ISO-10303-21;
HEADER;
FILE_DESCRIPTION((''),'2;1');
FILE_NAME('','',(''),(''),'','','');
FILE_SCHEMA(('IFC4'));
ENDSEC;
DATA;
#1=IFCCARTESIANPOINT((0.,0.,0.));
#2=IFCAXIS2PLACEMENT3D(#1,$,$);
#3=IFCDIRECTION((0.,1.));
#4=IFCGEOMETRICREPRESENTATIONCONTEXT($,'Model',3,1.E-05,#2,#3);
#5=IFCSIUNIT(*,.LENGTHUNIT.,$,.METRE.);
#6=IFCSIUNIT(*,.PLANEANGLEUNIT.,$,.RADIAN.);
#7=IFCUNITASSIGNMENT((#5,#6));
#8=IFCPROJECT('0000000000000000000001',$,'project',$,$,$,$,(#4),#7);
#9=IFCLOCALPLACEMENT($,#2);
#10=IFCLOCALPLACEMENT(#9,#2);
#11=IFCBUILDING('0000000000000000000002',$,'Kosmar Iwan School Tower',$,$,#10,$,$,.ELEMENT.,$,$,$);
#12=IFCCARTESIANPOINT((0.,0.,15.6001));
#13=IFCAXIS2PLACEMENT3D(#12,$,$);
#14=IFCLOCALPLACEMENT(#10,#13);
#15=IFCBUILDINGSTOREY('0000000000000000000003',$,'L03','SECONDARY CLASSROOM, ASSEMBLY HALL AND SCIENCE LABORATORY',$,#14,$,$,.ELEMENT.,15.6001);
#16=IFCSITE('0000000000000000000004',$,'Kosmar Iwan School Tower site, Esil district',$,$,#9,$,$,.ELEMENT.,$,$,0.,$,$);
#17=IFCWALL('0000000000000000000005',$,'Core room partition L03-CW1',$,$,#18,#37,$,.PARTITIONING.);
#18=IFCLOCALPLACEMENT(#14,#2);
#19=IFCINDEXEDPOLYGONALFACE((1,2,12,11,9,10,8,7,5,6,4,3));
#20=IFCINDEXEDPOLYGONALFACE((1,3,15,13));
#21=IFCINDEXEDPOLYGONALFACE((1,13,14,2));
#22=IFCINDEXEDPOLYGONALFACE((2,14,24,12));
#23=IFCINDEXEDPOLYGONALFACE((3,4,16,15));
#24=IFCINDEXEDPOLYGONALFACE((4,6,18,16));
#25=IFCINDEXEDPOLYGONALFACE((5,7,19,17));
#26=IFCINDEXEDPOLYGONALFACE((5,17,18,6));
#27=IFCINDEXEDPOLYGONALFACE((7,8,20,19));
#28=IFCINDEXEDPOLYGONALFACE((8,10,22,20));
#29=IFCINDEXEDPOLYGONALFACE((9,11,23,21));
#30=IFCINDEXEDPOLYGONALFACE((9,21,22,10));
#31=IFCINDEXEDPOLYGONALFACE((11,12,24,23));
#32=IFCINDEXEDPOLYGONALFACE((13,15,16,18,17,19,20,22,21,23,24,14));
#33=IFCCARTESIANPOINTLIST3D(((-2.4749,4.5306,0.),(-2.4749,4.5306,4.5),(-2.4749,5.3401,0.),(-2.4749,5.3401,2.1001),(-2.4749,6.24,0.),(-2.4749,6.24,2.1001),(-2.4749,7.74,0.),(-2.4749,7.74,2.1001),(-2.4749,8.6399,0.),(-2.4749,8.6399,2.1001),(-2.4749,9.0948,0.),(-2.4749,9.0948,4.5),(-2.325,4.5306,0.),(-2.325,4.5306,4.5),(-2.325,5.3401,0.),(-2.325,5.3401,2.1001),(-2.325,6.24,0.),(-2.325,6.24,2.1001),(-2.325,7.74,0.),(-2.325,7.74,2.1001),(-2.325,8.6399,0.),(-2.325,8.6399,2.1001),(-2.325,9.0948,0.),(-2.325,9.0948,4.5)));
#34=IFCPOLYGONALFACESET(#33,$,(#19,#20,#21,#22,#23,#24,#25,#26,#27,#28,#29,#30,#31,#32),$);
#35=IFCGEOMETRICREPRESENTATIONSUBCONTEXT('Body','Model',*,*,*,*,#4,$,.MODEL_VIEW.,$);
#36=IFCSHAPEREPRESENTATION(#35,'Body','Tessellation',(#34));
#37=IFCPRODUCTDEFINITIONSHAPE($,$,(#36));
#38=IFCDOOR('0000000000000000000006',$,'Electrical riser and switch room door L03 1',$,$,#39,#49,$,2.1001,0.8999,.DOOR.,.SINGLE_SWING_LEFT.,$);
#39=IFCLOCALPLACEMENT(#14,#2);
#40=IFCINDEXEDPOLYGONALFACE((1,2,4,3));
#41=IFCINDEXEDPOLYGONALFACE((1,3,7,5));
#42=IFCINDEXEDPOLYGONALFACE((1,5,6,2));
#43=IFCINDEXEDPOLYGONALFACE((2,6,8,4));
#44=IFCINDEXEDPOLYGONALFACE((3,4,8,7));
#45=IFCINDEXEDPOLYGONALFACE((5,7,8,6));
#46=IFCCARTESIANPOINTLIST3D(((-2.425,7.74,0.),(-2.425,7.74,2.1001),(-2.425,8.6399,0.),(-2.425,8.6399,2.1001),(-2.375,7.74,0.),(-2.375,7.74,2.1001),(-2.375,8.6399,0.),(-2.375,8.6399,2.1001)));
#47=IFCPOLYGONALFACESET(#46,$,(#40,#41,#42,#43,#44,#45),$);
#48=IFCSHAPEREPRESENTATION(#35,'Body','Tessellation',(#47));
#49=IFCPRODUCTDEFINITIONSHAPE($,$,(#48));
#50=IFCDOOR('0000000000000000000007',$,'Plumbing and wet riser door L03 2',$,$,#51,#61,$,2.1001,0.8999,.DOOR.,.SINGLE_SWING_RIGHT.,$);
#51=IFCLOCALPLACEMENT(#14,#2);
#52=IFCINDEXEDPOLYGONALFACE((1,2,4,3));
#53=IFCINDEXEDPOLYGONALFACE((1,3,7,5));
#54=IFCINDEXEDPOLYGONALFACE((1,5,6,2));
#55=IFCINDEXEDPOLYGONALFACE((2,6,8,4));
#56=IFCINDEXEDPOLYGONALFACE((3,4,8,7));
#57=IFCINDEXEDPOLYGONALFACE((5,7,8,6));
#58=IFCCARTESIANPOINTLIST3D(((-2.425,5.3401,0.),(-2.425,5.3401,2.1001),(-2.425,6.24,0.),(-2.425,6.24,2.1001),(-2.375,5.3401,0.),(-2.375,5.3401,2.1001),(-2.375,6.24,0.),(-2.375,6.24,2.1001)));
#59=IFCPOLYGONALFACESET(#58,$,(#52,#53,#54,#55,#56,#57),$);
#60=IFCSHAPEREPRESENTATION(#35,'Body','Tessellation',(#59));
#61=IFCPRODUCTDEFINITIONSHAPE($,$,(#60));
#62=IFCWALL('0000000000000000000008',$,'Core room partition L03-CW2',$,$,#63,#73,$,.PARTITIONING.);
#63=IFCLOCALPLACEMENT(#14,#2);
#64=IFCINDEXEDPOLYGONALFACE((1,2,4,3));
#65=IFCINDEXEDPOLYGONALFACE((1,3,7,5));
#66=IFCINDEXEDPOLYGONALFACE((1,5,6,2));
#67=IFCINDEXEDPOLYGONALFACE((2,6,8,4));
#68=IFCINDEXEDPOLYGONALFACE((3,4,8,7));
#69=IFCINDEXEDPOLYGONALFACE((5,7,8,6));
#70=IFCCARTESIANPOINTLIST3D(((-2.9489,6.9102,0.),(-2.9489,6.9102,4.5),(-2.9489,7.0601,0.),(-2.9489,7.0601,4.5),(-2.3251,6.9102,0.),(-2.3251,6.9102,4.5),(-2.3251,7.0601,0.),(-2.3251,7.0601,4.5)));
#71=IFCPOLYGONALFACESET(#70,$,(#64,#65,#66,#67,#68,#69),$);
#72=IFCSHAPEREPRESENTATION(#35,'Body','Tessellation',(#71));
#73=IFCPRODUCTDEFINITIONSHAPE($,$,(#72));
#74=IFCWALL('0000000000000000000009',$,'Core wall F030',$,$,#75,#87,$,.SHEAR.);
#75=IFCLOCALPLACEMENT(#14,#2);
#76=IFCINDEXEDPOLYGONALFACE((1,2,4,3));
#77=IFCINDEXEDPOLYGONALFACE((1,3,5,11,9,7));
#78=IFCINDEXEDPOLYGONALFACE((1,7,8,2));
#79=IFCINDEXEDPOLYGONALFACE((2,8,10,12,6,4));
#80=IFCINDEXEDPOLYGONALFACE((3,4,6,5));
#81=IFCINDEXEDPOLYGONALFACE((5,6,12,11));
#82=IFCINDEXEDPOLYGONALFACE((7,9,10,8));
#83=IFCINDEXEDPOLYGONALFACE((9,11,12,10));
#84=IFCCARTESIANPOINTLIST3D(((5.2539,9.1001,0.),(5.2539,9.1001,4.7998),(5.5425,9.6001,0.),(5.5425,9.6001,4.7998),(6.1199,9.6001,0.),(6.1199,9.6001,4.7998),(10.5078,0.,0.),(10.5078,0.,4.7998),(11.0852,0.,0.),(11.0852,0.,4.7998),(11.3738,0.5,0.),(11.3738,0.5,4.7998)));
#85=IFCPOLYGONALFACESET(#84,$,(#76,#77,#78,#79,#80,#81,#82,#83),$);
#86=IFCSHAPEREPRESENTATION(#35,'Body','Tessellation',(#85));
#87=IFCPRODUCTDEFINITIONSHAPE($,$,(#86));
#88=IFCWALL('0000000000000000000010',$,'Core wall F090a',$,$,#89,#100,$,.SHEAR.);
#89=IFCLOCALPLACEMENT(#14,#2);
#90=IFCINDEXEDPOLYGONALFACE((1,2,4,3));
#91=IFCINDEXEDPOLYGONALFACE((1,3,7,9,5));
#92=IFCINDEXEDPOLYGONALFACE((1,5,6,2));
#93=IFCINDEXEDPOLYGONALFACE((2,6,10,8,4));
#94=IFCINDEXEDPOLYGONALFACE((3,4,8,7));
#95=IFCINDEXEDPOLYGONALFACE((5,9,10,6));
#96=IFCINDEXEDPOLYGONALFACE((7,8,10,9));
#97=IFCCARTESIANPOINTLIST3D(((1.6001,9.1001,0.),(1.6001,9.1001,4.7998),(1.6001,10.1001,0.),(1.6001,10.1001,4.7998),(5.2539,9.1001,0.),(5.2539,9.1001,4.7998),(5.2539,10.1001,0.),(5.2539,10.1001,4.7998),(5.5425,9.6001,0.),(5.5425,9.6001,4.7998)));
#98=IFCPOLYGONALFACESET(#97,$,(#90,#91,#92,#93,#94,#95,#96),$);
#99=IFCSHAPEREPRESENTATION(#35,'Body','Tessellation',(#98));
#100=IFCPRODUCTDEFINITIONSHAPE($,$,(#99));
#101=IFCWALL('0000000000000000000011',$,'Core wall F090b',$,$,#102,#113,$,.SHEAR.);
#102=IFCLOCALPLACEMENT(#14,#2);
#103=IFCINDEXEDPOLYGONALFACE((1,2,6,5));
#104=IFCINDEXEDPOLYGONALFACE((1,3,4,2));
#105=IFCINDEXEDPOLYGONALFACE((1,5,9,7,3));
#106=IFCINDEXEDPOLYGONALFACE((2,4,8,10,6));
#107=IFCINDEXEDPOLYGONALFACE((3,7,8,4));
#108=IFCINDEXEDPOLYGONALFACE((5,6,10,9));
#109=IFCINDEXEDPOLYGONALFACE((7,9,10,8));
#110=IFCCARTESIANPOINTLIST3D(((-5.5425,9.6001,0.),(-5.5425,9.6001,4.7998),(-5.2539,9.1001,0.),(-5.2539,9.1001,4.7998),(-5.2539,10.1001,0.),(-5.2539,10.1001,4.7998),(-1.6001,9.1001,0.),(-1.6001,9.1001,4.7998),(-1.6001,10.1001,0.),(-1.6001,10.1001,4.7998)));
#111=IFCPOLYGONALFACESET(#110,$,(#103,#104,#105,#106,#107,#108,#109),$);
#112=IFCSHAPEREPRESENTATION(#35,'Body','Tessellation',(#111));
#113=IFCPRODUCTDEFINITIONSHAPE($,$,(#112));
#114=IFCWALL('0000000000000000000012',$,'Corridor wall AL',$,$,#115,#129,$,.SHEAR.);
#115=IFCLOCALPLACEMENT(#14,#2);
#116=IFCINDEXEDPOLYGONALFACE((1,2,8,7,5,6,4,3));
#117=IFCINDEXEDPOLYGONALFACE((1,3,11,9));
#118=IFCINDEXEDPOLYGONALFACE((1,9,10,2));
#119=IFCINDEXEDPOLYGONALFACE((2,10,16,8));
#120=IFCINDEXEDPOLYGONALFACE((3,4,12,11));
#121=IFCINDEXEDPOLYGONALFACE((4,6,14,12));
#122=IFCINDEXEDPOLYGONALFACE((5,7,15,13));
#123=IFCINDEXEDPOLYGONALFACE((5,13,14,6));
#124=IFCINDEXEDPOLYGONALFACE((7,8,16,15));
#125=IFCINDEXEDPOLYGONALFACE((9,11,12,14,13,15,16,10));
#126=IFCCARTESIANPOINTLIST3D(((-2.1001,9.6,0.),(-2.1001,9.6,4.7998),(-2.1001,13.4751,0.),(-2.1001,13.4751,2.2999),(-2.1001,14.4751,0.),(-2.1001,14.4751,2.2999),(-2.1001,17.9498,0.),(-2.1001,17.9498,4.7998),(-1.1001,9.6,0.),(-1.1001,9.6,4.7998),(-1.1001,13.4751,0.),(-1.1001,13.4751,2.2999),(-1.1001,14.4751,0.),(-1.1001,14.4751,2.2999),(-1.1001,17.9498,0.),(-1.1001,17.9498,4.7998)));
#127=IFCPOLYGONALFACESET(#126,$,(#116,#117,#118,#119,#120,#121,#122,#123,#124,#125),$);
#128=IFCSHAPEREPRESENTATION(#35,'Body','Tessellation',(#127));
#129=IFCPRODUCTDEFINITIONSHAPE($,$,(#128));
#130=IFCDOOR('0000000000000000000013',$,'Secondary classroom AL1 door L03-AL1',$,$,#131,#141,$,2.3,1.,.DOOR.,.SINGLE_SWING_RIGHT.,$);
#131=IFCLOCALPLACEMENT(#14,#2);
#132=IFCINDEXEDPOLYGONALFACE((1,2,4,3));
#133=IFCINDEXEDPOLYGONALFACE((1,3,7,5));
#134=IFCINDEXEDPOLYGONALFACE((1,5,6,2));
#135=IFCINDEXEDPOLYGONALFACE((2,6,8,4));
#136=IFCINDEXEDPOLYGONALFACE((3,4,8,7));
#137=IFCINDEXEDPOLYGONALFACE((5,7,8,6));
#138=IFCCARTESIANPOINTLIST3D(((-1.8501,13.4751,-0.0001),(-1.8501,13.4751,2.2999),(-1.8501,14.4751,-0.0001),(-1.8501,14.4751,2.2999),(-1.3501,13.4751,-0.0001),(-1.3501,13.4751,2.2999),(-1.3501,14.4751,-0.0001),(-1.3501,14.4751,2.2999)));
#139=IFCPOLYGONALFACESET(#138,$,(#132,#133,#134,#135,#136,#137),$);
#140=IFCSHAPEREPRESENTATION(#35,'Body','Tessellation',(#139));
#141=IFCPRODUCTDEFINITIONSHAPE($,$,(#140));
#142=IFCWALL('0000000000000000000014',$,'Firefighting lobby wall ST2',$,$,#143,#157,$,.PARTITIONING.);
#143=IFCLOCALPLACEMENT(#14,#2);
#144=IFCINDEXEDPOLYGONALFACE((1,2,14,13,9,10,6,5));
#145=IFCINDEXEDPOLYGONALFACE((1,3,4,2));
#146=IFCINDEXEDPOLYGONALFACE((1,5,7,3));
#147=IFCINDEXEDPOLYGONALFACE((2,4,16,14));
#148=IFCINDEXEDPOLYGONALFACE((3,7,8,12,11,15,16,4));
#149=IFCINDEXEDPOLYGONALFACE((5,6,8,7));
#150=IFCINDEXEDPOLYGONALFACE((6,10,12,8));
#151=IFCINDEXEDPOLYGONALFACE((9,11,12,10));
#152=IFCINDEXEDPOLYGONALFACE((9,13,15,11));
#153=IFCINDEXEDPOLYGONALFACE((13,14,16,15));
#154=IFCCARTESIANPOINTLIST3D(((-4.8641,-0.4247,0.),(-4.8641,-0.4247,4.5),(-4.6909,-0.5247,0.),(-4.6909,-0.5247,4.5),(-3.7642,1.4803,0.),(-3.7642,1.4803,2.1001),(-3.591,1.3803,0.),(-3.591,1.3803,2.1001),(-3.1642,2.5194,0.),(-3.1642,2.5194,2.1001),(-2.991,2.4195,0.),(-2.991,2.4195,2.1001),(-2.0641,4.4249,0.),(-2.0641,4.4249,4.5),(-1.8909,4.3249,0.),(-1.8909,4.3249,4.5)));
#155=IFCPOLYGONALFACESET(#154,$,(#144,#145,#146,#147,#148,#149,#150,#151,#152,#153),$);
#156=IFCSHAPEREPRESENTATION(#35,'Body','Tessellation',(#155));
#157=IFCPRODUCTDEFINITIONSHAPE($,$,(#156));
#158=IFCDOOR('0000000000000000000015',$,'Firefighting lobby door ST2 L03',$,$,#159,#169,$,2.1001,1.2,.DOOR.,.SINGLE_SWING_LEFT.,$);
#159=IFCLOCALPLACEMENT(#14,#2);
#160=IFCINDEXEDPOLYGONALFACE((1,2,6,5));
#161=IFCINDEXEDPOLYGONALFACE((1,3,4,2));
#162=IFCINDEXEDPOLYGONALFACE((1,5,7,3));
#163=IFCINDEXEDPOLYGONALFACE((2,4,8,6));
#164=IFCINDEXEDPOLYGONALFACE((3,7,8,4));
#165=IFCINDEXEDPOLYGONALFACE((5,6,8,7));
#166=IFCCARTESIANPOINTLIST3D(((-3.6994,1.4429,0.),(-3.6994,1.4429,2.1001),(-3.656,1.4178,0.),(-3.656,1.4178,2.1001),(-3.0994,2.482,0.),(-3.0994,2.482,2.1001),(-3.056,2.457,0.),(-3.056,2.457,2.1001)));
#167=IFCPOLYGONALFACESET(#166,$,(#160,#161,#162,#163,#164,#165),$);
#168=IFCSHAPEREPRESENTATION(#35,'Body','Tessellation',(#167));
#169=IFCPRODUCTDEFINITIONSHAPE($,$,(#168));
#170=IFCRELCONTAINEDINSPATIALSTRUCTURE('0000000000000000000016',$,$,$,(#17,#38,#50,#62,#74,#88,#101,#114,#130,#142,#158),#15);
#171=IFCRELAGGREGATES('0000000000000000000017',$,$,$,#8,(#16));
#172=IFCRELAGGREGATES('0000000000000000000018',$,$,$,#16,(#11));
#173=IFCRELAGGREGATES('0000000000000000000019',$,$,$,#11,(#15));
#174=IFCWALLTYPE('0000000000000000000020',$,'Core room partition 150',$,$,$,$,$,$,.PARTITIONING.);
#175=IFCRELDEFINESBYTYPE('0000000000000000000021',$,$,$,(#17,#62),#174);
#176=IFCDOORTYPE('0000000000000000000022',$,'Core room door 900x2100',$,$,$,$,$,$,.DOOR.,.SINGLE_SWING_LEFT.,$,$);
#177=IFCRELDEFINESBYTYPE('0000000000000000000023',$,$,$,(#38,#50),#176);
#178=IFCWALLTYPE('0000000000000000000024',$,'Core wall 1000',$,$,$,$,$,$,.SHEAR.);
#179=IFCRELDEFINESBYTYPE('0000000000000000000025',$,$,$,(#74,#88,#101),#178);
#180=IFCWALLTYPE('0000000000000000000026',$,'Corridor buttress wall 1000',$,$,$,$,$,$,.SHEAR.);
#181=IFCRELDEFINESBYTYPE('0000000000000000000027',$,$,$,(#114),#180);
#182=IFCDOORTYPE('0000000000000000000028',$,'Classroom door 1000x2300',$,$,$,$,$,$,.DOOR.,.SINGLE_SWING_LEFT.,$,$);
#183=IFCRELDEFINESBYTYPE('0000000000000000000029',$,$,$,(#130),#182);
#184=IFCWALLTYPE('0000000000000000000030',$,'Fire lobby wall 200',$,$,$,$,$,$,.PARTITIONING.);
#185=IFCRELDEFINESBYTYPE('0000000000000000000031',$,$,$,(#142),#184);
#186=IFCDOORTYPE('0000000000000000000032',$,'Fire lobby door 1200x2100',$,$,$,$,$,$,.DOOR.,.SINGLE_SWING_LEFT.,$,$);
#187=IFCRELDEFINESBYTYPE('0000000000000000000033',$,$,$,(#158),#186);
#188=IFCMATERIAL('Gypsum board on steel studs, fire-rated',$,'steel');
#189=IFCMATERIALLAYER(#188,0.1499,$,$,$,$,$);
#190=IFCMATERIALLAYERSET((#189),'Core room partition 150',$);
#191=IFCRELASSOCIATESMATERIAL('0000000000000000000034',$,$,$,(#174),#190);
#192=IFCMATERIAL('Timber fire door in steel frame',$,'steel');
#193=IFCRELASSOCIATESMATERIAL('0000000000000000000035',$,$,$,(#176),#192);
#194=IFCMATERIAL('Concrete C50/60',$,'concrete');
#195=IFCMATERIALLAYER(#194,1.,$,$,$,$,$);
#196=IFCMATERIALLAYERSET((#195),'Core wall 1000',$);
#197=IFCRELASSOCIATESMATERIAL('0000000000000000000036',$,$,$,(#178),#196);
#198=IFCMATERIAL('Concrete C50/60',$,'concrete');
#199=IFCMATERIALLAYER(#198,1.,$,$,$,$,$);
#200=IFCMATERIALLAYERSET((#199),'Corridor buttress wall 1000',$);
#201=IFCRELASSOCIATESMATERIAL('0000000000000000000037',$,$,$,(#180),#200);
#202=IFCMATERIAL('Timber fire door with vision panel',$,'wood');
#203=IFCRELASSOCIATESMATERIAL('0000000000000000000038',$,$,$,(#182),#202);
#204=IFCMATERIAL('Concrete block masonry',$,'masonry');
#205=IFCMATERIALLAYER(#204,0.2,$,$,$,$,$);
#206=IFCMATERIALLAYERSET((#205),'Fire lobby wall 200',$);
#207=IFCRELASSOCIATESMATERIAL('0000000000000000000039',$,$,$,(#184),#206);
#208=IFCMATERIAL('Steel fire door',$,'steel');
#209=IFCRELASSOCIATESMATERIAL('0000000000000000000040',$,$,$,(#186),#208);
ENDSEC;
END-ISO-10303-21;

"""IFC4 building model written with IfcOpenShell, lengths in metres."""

from ifc_helpers import new_model, si_unit, direction, frame, frame_2d, origin, place, context, subcontext, project, spatial, polyline, rectangle, outline, extrude, material, layer, layer_set, type_object, element, fill, save


model = new_model("IFC4")

# Units and contexts
model_context = context("Model", 3, precision=1e-05, world=origin(), true_north=direction((0.0, 1.0)))
body_context = subcontext(model_context, "Body", "Model", "MODEL_VIEW")
ifc_project = project(units=[si_unit("LENGTHUNIT", "METRE"), si_unit("PLANEANGLEUNIT", "RADIAN")], contexts=[model_context])

# Site, building, storey
site_placement = place(None, origin())
site = spatial("IfcSite", under=ifc_project, at=site_placement, Name="Kosmar Iwan School Tower site, Esil district", CompositionType="ELEMENT", RefElevation=0.0)
building_placement = place(site_placement, origin())
building = spatial("IfcBuilding", under=site, at=building_placement, Name="Kosmar Iwan School Tower", CompositionType="ELEMENT")
storey_placement = place(building_placement, frame((0.0, 0.0, 15.6001)))
storey = spatial("IfcBuildingStorey", under=building, at=storey_placement, Name="L03", Description="SECONDARY CLASSROOM, ASSEMBLY HALL AND SCIENCE LABORATORY", CompositionType="ELEMENT", Elevation=15.6001)

# Wall, openings, doors
ifc_material_1 = material(Name="Gypsum board on steel studs, fire-rated", Category="steel")
ifc_layer_1 = layer(ifc_material_1, 0.1499)
ifc_layer_set_1 = layer_set([ifc_layer_1], Name="Core room partition 150")
wall_type_1 = type_object("IfcWallType", Name="Core room partition 150", PredefinedType="PARTITIONING", material=ifc_layer_set_1)
wall_1_placement = place(storey_placement, frame((-2.3999, 9.095, 0.0), z_axis=(0.0, 0.0, 1.0), x_axis=(0.0, -1.0, 0.0)))
wall_1 = element("IfcWall", 1, at=wall_1_placement, inside=storey, type_object=wall_type_1, Name="Core room partition L03-CW1", PredefinedType="PARTITIONING", context=body_context, shape_type="SweptSolid", body=[
    extrude(rectangle(XDim=4.5642, YDim=0.1499, at=frame_2d((2.2822, 0.0))), origin(), (0.0, 0.0, 1.0), 4.5),
])
opening_1_placement = place(wall_1_placement, frame((0.4551, 0.0, 0.0)))
opening_1 = element("IfcOpeningElement", 2, at=opening_1_placement, cuts=wall_1, PredefinedType="OPENING", context=body_context, shape_type="SweptSolid", body=[
    extrude(rectangle(XDim=0.8999, YDim=2.1001, at=frame_2d((0.45, 1.05))), frame((0.0, 0.0869, 0.0), z_axis=(0.0, -1.0, 0.0), x_axis=(1.0, 0.0, 0.0)), (0.0, 0.0, 1.0), 0.1738),
])
opening_2_placement = place(wall_1_placement, frame((2.855, 0.0, 0.0)))
opening_2 = element("IfcOpeningElement", 3, at=opening_2_placement, cuts=wall_1, PredefinedType="OPENING", context=body_context, shape_type="SweptSolid", body=[
    extrude(rectangle(XDim=0.8999, YDim=2.1001, at=frame_2d((0.45, 1.05))), frame((0.0, 0.0869, 0.0), z_axis=(0.0, -1.0, 0.0), x_axis=(1.0, 0.0, 0.0)), (0.0, 0.0, 1.0), 0.1738),
])
ifc_material_2 = material(Name="Timber fire door in steel frame", Category="steel")
door_type_1 = type_object("IfcDoorType", Name="Core room door 900x2100", OperationType="SINGLE_SWING_LEFT", PredefinedType="DOOR", material=ifc_material_2)
door_1_placement = place(opening_1_placement, origin())
door_1 = element("IfcDoor", 4, at=door_1_placement, inside=storey, type_object=door_type_1, Name="Electrical riser and switch room door L03 1", OperationType="SINGLE_SWING_LEFT", OverallHeight=2.1001, OverallWidth=0.8999, PredefinedType="DOOR", context=body_context, shape_type="SweptSolid", body=[
    extrude(rectangle(XDim=0.8999, YDim=2.1001, at=frame_2d((0.45, 1.05))), frame((0.0, 0.0249, 0.0), z_axis=(0.0, -1.0, 0.0), x_axis=(1.0, 0.0, 0.0)), (0.0, 0.0, 1.0), 0.05),
])
fill(opening_1, door_1)
door_2_placement = place(opening_2_placement, origin())
door_2 = element("IfcDoor", 5, at=door_2_placement, inside=storey, type_object=door_type_1, Name="Plumbing and wet riser door L03 2", OperationType="SINGLE_SWING_RIGHT", OverallHeight=2.1001, OverallWidth=0.8999, PredefinedType="DOOR", context=body_context, shape_type="SweptSolid", body=[
    extrude(rectangle(XDim=0.8999, YDim=2.1001, at=frame_2d((0.45, 1.05))), frame((0.0, 0.0249, 0.0), z_axis=(0.0, -1.0, 0.0), x_axis=(1.0, 0.0, 0.0)), (0.0, 0.0, 1.0), 0.05),
])
fill(opening_2, door_2)

# Walls
wall_2_placement = place(storey_placement, frame((-2.325, 6.9851, 0.0), z_axis=(0.0, 0.0, 1.0), x_axis=(-1.0, 0.0, 0.0)))
element("IfcWall", 6, at=wall_2_placement, inside=storey, type_object=wall_type_1, Name="Core room partition L03-CW2", PredefinedType="PARTITIONING", context=body_context, shape_type="SweptSolid", body=[
    extrude(rectangle(XDim=0.6238, YDim=0.1499, at=frame_2d((0.312, 0.0))), origin(), (0.0, 0.0, 1.0), 4.5),
])
ifc_material_3 = material(Name="Concrete C50/60", Category="concrete")
ifc_layer_2 = layer(ifc_material_3, 1.0)
ifc_layer_set_2 = layer_set([ifc_layer_2], Name="Core wall 1000")
wall_type_2 = type_object("IfcWallType", Name="Core wall 1000", PredefinedType="SHEAR", material=ifc_layer_set_2)
wall_3_placement = place(storey_placement, origin())
element("IfcWall", 7, at=wall_3_placement, inside=storey, type_object=wall_type_2, Name="Core wall F030", PredefinedType="SHEAR", context=body_context, shape_type="SweptSolid", body=[
    extrude(outline(polyline([(10.5078, 0.0), (11.0852, 0.0), (11.3738, 0.5), (6.1199, 9.6001), (5.5425, 9.6001), (5.2539, 9.1001), (10.5078, 0.0)])), origin(), (0.0, 0.0, 1.0), 4.7998),
])
wall_4_placement = place(storey_placement, origin())
element("IfcWall", 8, at=wall_4_placement, inside=storey, type_object=wall_type_2, Name="Core wall F090a", PredefinedType="SHEAR", context=body_context, shape_type="SweptSolid", body=[
    extrude(outline(polyline([(1.6001, 9.1001), (5.2539, 9.1001), (5.5425, 9.6001), (5.2539, 10.1001), (1.6001, 10.1001), (1.6001, 9.1001)])), origin(), (0.0, 0.0, 1.0), 4.7998),
])
wall_5_placement = place(storey_placement, origin())
element("IfcWall", 9, at=wall_5_placement, inside=storey, type_object=wall_type_2, Name="Core wall F090b", PredefinedType="SHEAR", context=body_context, shape_type="SweptSolid", body=[
    extrude(outline(polyline([(-5.2539, 9.1001), (-1.6001, 9.1001), (-1.6001, 10.1001), (-5.2539, 10.1001), (-5.5425, 9.6001), (-5.2539, 9.1001)])), origin(), (0.0, 0.0, 1.0), 4.7998),
])

# Walls, openings, doors
ifc_material_4 = material(Name="Concrete C50/60", Category="concrete")
ifc_layer_3 = layer(ifc_material_4, 1.0)
ifc_layer_set_3 = layer_set([ifc_layer_3], Name="Corridor buttress wall 1000")
wall_type_3 = type_object("IfcWallType", Name="Corridor buttress wall 1000", PredefinedType="SHEAR", material=ifc_layer_set_3)
wall_6_placement = place(storey_placement, frame((-1.6001, 9.6001, 0.0), z_axis=(0.0, 0.0, 1.0), x_axis=(0.0, 1.0, 0.0)))
wall_6 = element("IfcWall", 10, at=wall_6_placement, inside=storey, type_object=wall_type_3, Name="Corridor wall AL", PredefinedType="SHEAR", context=body_context, shape_type="SweptSolid", body=[
    extrude(rectangle(XDim=8.3499, YDim=1.0, at=frame_2d((4.1748, 0.0))), origin(), (0.0, 0.0, 1.0), 4.7998),
])
opening_3_placement = place(wall_6_placement, frame((3.875, 0.0, 0.0)))
opening_3 = element("IfcOpeningElement", 11, at=opening_3_placement, cuts=wall_6, PredefinedType="OPENING", context=body_context, shape_type="SweptSolid", body=[
    extrude(rectangle(XDim=1.0, YDim=2.3, at=frame_2d((0.5, 1.1499))), frame((0.0, 0.512, 0.0), z_axis=(0.0, -1.0, 0.0), x_axis=(1.0, 0.0, 0.0)), (0.0, 0.0, 1.0), 1.0239),
])
ifc_material_5 = material(Name="Timber fire door with vision panel", Category="wood")
door_type_2 = type_object("IfcDoorType", Name="Classroom door 1000x2300", OperationType="SINGLE_SWING_LEFT", PredefinedType="DOOR", material=ifc_material_5)
door_3_placement = place(opening_3_placement, origin())
door_3 = element("IfcDoor", 12, at=door_3_placement, inside=storey, type_object=door_type_2, Name="Secondary classroom AL1 door L03-AL1", OperationType="SINGLE_SWING_RIGHT", OverallHeight=2.3, OverallWidth=1.0, PredefinedType="DOOR", context=body_context, shape_type="SweptSolid", body=[
    extrude(rectangle(XDim=1.0, YDim=2.3, at=frame_2d((0.5, 1.1499))), frame((0.0, 0.25, 0.0), z_axis=(0.0, -1.0, 0.0), x_axis=(1.0, 0.0, 0.0)), (0.0, 0.0, 1.0), 0.5),
])
fill(opening_3, door_3)
ifc_material_6 = material(Name="Concrete block masonry", Category="masonry")
ifc_layer_4 = layer(ifc_material_6, 0.2)
ifc_layer_set_4 = layer_set([ifc_layer_4], Name="Fire lobby wall 200")
wall_type_4 = type_object("IfcWallType", Name="Fire lobby wall 200", PredefinedType="PARTITIONING", material=ifc_layer_set_4)
wall_7_placement = place(storey_placement, frame((-1.9775, 4.3748, 0.0), z_axis=(0.0, 0.0, 1.0), x_axis=(-0.500017, -0.866016, 0.0)))
wall_7 = element("IfcWall", 13, at=wall_7_placement, inside=storey, type_object=wall_type_4, Name="Firefighting lobby wall ST2", PredefinedType="PARTITIONING", context=body_context, shape_type="SweptSolid", body=[
    extrude(rectangle(XDim=5.5999, YDim=0.2, at=frame_2d((2.7998, 0.0))), origin(), (0.0, 0.0, 1.0), 4.5),
])
opening_4_placement = place(wall_7_placement, frame((2.2, 0.0, 0.0)))
opening_4 = element("IfcOpeningElement", 14, at=opening_4_placement, cuts=wall_7, PredefinedType="OPENING", context=body_context, shape_type="SweptSolid", body=[
    extrude(rectangle(XDim=1.2, YDim=2.1001, at=frame_2d((0.6001, 1.05))), frame((0.0, 0.1121, 0.0), z_axis=(0.0, -1.0, 0.0), x_axis=(1.0, 0.0, 0.0)), (0.0, 0.0, 1.0), 0.2239),
])
ifc_material_7 = material(Name="Steel fire door", Category="steel")
door_type_3 = type_object("IfcDoorType", Name="Fire lobby door 1200x2100", OperationType="SINGLE_SWING_LEFT", PredefinedType="DOOR", material=ifc_material_7)
door_4_placement = place(opening_4_placement, origin())
door_4 = element("IfcDoor", 15, at=door_4_placement, inside=storey, type_object=door_type_3, Name="Firefighting lobby door ST2 L03", OperationType="SINGLE_SWING_LEFT", OverallHeight=2.1001, OverallWidth=1.2, PredefinedType="DOOR", context=body_context, shape_type="SweptSolid", body=[
    extrude(rectangle(XDim=1.2, YDim=2.1001, at=frame_2d((0.6001, 1.05))), frame((0.0, 0.0249, 0.0), z_axis=(0.0, -1.0, 0.0), x_axis=(1.0, 0.0, 0.0)), (0.0, 0.0, 1.0), 0.05),
])
fill(opening_4, door_4)

save(model, "model.ifc")
